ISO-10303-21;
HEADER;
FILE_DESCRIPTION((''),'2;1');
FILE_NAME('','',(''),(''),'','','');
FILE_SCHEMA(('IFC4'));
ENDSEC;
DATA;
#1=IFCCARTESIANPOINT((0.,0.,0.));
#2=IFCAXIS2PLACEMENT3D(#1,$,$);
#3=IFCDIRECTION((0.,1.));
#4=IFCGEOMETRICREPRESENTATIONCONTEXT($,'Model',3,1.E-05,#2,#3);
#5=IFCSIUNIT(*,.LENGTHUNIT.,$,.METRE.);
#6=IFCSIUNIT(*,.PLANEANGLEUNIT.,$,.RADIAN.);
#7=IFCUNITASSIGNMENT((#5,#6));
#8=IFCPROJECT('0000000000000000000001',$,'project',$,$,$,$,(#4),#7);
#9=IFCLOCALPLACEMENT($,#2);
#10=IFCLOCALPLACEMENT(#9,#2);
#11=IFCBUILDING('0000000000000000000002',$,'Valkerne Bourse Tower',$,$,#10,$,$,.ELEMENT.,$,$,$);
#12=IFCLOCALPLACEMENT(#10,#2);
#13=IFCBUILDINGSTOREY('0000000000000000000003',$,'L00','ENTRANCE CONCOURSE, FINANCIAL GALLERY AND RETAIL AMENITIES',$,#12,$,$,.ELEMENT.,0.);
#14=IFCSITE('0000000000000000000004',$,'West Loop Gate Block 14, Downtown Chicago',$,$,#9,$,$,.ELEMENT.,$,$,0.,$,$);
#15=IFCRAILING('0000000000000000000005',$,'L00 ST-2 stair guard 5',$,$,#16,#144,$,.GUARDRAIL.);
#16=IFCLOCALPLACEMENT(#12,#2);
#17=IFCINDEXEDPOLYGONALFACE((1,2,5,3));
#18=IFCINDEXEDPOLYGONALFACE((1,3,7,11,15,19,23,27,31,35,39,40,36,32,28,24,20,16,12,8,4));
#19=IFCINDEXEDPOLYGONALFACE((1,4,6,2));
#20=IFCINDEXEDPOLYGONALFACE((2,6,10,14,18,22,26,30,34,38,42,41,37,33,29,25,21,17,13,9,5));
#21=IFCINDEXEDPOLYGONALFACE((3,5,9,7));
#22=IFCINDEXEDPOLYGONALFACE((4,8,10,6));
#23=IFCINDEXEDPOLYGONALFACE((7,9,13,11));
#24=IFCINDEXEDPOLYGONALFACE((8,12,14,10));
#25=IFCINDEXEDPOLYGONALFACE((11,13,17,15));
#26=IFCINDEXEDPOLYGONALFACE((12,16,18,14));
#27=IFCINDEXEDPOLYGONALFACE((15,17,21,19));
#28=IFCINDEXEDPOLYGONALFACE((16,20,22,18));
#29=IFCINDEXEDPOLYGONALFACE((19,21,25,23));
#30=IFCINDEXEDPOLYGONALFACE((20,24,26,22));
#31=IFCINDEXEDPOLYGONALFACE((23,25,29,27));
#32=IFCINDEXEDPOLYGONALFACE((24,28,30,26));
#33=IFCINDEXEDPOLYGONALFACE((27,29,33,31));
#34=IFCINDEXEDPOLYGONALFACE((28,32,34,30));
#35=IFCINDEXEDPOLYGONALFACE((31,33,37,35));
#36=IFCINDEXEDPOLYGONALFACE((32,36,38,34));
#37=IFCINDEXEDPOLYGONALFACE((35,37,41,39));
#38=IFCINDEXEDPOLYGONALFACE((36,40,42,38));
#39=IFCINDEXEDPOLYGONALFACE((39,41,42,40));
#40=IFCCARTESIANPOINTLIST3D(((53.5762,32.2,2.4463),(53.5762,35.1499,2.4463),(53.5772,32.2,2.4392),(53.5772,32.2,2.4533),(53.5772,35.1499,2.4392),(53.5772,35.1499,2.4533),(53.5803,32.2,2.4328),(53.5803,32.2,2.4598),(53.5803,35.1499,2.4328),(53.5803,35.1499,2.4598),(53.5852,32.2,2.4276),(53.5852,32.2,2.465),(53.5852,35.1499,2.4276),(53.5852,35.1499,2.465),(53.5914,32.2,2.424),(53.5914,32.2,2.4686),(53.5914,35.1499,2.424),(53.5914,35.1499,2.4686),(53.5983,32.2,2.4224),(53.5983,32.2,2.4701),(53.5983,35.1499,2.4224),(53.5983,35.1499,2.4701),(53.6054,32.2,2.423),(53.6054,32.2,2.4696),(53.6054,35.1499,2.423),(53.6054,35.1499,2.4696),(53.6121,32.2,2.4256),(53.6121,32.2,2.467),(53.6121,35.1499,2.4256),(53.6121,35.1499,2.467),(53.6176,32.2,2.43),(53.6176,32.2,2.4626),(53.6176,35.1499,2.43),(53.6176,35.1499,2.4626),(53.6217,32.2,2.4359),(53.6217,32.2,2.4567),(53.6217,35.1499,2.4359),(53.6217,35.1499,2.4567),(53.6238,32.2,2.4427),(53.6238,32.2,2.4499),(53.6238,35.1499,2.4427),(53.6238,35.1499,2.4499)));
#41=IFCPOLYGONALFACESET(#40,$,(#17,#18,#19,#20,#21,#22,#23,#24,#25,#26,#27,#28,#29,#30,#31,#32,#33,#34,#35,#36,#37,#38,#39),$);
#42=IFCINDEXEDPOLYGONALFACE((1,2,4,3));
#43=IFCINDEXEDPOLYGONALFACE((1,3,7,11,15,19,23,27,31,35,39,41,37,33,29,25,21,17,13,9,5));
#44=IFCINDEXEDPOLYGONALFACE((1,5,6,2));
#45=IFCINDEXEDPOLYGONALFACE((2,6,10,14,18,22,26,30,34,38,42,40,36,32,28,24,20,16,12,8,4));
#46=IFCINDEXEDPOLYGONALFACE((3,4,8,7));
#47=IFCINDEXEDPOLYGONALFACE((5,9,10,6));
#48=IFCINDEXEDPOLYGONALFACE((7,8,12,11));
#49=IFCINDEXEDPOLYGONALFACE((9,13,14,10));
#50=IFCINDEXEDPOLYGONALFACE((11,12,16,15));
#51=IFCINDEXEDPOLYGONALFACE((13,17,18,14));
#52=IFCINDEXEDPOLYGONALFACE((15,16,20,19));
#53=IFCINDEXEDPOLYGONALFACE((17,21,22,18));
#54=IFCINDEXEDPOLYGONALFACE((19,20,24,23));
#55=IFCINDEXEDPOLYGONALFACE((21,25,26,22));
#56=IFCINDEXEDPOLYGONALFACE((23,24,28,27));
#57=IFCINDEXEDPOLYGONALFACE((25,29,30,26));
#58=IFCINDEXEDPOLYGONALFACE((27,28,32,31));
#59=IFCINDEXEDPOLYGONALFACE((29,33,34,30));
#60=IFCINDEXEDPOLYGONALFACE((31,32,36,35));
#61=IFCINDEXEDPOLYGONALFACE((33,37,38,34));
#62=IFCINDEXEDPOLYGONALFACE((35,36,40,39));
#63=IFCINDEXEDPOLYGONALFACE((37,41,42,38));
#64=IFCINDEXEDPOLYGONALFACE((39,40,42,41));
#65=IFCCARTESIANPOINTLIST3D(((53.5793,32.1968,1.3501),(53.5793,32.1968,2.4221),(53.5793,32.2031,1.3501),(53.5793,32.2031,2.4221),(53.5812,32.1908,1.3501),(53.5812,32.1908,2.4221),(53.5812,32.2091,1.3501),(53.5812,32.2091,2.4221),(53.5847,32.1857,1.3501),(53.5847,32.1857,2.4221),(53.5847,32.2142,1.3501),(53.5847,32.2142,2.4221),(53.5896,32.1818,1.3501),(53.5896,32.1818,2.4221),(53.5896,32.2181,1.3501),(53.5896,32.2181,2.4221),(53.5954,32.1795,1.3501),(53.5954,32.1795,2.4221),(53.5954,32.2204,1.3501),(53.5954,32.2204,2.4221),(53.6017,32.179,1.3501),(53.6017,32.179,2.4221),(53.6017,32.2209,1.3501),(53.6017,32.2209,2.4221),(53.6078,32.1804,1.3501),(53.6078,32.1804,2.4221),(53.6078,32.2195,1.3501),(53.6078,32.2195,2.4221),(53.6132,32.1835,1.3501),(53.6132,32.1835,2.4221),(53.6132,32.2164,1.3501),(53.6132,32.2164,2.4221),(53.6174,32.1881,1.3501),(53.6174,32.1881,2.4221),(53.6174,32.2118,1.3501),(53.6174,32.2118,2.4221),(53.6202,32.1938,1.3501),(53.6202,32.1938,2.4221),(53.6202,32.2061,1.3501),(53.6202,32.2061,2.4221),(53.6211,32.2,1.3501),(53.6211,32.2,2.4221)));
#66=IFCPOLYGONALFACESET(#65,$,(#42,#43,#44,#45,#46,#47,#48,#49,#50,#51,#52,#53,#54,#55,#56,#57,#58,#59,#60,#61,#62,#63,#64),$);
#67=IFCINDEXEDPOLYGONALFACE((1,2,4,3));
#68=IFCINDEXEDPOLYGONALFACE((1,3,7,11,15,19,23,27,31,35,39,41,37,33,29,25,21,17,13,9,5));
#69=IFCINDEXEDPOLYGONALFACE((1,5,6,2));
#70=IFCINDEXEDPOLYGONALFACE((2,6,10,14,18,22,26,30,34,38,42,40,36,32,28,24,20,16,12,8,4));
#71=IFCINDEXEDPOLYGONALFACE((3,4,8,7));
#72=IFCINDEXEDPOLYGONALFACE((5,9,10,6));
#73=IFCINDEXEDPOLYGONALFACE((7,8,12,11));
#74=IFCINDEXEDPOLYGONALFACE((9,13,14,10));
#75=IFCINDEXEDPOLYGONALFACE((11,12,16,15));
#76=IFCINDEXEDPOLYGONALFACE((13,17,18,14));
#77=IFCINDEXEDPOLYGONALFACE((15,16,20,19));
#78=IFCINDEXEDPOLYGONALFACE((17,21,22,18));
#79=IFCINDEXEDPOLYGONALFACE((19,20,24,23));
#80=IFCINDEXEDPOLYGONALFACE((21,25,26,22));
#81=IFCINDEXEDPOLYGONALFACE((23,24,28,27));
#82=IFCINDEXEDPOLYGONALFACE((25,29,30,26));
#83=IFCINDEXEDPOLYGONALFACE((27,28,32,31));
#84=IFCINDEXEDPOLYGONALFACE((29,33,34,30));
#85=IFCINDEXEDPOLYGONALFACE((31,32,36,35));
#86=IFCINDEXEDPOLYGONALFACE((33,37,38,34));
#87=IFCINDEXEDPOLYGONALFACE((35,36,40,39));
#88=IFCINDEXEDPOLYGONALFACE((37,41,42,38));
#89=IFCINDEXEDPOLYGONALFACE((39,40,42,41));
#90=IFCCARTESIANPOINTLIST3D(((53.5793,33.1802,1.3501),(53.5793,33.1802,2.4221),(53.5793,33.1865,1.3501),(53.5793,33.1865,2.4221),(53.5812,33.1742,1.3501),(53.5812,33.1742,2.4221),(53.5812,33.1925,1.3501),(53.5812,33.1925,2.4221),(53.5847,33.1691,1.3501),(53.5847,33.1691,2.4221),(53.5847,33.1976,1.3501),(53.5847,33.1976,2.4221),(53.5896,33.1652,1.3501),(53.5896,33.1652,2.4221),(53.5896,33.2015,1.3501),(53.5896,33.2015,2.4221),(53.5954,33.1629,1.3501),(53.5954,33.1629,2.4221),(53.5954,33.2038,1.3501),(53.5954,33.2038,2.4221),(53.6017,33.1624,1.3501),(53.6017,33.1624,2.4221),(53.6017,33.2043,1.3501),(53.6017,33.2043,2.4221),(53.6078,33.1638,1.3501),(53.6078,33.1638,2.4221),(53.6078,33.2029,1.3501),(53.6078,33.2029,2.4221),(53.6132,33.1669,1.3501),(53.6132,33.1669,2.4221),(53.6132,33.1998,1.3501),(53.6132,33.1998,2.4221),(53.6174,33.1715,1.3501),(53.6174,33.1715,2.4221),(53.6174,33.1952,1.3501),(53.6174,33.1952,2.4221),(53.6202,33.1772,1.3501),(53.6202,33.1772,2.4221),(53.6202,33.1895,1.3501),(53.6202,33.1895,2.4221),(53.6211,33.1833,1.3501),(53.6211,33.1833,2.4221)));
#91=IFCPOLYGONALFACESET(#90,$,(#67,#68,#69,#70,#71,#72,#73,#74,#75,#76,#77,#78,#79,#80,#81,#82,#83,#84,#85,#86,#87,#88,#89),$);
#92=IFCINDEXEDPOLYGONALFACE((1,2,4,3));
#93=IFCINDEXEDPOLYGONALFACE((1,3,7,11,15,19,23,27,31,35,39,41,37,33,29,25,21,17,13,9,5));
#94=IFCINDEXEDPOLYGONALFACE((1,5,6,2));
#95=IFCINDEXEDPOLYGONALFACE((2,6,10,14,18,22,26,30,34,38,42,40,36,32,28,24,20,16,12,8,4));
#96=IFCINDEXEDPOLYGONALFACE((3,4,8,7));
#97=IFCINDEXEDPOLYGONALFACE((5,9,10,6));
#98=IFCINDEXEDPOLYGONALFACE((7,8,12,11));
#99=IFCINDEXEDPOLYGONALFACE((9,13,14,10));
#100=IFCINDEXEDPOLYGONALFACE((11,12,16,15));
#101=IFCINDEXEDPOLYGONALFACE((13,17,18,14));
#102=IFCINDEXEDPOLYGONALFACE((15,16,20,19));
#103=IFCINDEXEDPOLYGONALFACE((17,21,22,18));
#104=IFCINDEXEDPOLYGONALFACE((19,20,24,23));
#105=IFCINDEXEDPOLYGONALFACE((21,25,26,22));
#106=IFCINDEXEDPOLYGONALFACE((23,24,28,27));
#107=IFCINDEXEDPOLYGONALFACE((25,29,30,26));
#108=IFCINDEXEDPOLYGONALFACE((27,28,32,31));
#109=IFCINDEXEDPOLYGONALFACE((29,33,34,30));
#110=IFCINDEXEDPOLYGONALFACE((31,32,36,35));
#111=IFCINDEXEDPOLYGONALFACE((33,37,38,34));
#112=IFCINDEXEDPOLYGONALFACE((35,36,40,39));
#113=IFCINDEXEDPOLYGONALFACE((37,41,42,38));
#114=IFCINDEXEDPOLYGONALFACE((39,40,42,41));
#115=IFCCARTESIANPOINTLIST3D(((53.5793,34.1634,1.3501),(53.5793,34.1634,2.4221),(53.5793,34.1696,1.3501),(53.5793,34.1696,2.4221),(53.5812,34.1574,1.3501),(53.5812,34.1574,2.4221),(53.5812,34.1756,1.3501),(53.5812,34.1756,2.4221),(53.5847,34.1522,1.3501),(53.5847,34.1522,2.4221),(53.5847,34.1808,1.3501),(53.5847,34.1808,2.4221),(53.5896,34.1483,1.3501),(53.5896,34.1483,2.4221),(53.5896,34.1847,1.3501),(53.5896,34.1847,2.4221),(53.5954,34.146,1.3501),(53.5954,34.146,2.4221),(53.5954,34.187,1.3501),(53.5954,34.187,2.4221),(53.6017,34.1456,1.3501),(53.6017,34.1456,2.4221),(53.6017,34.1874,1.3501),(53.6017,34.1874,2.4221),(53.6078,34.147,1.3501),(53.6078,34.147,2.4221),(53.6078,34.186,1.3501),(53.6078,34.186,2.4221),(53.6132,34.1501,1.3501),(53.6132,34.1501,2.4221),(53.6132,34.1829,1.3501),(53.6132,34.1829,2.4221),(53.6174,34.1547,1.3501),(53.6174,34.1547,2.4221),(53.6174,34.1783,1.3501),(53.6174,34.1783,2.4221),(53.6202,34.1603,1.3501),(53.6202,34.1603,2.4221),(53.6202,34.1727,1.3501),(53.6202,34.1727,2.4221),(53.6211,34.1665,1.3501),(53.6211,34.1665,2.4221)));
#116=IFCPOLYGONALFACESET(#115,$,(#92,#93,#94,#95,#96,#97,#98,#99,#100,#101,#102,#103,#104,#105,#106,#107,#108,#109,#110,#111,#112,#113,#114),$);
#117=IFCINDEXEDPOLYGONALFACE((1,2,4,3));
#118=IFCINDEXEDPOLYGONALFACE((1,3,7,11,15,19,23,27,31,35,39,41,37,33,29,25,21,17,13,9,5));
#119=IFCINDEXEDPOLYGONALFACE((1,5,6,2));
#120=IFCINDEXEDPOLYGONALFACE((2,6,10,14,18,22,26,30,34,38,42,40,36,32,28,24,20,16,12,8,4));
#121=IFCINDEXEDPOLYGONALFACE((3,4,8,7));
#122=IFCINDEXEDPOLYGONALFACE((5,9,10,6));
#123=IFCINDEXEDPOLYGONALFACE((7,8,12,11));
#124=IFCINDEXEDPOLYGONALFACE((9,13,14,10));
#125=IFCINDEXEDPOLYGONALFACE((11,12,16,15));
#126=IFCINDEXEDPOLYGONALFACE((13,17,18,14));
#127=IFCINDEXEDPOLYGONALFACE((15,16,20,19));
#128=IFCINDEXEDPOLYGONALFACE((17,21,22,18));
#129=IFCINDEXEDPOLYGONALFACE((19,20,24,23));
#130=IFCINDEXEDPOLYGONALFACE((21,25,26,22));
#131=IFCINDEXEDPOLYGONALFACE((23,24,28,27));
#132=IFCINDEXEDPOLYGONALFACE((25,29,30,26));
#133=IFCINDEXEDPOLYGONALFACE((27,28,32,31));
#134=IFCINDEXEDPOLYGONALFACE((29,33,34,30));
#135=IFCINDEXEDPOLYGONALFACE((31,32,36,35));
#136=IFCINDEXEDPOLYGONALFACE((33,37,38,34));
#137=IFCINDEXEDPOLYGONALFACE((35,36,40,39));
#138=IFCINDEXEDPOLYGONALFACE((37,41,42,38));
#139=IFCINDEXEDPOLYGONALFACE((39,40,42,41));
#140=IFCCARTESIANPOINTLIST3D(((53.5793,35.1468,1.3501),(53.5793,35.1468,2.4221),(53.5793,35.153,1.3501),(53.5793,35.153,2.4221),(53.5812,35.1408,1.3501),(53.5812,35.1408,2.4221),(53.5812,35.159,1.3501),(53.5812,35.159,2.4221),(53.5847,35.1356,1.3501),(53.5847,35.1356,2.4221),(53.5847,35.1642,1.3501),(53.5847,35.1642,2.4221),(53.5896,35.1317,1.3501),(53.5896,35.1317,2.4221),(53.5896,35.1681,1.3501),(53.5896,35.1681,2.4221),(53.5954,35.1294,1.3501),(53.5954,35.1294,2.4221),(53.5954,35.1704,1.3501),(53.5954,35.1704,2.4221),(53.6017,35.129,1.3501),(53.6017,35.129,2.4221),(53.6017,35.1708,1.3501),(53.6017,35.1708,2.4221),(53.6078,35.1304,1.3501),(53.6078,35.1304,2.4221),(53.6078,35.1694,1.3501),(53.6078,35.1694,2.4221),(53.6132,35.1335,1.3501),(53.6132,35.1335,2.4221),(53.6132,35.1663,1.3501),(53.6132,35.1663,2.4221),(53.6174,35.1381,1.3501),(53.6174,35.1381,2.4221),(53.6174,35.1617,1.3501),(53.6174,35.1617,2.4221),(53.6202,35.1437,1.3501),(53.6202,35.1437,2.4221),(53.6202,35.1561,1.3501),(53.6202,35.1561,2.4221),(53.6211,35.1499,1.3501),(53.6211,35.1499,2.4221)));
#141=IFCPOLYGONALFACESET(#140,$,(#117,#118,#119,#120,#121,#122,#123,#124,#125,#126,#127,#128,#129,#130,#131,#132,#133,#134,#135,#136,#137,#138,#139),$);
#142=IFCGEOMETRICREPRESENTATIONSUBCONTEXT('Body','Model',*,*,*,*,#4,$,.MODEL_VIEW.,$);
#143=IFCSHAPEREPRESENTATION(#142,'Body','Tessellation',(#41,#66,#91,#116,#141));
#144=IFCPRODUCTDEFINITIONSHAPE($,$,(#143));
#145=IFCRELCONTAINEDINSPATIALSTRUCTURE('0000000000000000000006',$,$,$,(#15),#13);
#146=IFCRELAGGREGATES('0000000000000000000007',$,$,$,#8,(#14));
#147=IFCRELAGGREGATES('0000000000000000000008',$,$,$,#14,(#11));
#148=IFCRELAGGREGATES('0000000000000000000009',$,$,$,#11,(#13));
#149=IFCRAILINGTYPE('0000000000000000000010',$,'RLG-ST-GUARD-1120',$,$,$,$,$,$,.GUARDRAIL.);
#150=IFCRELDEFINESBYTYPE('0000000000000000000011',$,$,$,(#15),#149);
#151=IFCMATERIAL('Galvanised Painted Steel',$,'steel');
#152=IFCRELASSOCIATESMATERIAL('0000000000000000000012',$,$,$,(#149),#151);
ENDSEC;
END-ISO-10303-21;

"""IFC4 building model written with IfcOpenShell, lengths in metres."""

from ifc_helpers import new_model, si_unit, direction, frame, origin, origin_2d, place, context, subcontext, project, spatial, circle, extrude, material, type_object, element, save


model = new_model("IFC4")

# Units and contexts
model_context = context("Model", 3, precision=1e-05, world=origin(), true_north=direction((0.0, 1.0)))
body_context = subcontext(model_context, "Body", "Model", "MODEL_VIEW")
ifc_project = project(units=[si_unit("LENGTHUNIT", "METRE"), si_unit("PLANEANGLEUNIT", "RADIAN")], contexts=[model_context])

# Site, building, storey
site_placement = place(None, origin())
site = spatial("IfcSite", under=ifc_project, at=site_placement, Name="West Loop Gate Block 14, Downtown Chicago", CompositionType="ELEMENT", RefElevation=0.0)
building_placement = place(site_placement, origin())
building = spatial("IfcBuilding", under=site, at=building_placement, Name="Valkerne Bourse Tower", CompositionType="ELEMENT")
storey_placement = place(building_placement, origin())
storey = spatial("IfcBuildingStorey", under=building, at=storey_placement, Name="L00", Description="ENTRANCE CONCOURSE, FINANCIAL GALLERY AND RETAIL AMENITIES", CompositionType="ELEMENT", Elevation=0.0)

# Shared definitions
ifc_material_1 = material(Name="Galvanised Painted Steel", Category="steel")

# Railing
railing_type_1 = type_object("IfcRailingType", Name="RLG-ST-GUARD-1120", PredefinedType="GUARDRAIL", material=ifc_material_1)
railing_1_placement = place(storey_placement, frame((53.6001, 32.2, 1.3501)))
element("IfcRailing", 1, at=railing_1_placement, inside=storey, type_object=railing_type_1, Name="L00 ST-2 stair guard 5", PredefinedType="GUARDRAIL", context=body_context, shape_type="SweptSolid", body=[
    extrude(circle(Radius=0.0239, at=origin_2d()), frame((0.0, 0.0, 1.0962), z_axis=(0.0, 1.0, 0.0), x_axis=(-1.0, 0.0, 0.0)), (0.0, 0.0, 1.0), 2.95),
    extrude(circle(Radius=0.021, at=origin_2d()), origin(), (0.0, 0.0, 1.0), 1.072),
    extrude(circle(Radius=0.021, at=origin_2d()), frame((0.0, 0.9834, 0.0)), (0.0, 0.0, 1.0), 1.072),
    extrude(circle(Radius=0.021, at=origin_2d()), frame((0.0, 1.9666, 0.0)), (0.0, 0.0, 1.0), 1.072),
    extrude(circle(Radius=0.021, at=origin_2d()), frame((0.0, 2.95, 0.0)), (0.0, 0.0, 1.0), 1.072),
])

save(model, "model.ifc")
